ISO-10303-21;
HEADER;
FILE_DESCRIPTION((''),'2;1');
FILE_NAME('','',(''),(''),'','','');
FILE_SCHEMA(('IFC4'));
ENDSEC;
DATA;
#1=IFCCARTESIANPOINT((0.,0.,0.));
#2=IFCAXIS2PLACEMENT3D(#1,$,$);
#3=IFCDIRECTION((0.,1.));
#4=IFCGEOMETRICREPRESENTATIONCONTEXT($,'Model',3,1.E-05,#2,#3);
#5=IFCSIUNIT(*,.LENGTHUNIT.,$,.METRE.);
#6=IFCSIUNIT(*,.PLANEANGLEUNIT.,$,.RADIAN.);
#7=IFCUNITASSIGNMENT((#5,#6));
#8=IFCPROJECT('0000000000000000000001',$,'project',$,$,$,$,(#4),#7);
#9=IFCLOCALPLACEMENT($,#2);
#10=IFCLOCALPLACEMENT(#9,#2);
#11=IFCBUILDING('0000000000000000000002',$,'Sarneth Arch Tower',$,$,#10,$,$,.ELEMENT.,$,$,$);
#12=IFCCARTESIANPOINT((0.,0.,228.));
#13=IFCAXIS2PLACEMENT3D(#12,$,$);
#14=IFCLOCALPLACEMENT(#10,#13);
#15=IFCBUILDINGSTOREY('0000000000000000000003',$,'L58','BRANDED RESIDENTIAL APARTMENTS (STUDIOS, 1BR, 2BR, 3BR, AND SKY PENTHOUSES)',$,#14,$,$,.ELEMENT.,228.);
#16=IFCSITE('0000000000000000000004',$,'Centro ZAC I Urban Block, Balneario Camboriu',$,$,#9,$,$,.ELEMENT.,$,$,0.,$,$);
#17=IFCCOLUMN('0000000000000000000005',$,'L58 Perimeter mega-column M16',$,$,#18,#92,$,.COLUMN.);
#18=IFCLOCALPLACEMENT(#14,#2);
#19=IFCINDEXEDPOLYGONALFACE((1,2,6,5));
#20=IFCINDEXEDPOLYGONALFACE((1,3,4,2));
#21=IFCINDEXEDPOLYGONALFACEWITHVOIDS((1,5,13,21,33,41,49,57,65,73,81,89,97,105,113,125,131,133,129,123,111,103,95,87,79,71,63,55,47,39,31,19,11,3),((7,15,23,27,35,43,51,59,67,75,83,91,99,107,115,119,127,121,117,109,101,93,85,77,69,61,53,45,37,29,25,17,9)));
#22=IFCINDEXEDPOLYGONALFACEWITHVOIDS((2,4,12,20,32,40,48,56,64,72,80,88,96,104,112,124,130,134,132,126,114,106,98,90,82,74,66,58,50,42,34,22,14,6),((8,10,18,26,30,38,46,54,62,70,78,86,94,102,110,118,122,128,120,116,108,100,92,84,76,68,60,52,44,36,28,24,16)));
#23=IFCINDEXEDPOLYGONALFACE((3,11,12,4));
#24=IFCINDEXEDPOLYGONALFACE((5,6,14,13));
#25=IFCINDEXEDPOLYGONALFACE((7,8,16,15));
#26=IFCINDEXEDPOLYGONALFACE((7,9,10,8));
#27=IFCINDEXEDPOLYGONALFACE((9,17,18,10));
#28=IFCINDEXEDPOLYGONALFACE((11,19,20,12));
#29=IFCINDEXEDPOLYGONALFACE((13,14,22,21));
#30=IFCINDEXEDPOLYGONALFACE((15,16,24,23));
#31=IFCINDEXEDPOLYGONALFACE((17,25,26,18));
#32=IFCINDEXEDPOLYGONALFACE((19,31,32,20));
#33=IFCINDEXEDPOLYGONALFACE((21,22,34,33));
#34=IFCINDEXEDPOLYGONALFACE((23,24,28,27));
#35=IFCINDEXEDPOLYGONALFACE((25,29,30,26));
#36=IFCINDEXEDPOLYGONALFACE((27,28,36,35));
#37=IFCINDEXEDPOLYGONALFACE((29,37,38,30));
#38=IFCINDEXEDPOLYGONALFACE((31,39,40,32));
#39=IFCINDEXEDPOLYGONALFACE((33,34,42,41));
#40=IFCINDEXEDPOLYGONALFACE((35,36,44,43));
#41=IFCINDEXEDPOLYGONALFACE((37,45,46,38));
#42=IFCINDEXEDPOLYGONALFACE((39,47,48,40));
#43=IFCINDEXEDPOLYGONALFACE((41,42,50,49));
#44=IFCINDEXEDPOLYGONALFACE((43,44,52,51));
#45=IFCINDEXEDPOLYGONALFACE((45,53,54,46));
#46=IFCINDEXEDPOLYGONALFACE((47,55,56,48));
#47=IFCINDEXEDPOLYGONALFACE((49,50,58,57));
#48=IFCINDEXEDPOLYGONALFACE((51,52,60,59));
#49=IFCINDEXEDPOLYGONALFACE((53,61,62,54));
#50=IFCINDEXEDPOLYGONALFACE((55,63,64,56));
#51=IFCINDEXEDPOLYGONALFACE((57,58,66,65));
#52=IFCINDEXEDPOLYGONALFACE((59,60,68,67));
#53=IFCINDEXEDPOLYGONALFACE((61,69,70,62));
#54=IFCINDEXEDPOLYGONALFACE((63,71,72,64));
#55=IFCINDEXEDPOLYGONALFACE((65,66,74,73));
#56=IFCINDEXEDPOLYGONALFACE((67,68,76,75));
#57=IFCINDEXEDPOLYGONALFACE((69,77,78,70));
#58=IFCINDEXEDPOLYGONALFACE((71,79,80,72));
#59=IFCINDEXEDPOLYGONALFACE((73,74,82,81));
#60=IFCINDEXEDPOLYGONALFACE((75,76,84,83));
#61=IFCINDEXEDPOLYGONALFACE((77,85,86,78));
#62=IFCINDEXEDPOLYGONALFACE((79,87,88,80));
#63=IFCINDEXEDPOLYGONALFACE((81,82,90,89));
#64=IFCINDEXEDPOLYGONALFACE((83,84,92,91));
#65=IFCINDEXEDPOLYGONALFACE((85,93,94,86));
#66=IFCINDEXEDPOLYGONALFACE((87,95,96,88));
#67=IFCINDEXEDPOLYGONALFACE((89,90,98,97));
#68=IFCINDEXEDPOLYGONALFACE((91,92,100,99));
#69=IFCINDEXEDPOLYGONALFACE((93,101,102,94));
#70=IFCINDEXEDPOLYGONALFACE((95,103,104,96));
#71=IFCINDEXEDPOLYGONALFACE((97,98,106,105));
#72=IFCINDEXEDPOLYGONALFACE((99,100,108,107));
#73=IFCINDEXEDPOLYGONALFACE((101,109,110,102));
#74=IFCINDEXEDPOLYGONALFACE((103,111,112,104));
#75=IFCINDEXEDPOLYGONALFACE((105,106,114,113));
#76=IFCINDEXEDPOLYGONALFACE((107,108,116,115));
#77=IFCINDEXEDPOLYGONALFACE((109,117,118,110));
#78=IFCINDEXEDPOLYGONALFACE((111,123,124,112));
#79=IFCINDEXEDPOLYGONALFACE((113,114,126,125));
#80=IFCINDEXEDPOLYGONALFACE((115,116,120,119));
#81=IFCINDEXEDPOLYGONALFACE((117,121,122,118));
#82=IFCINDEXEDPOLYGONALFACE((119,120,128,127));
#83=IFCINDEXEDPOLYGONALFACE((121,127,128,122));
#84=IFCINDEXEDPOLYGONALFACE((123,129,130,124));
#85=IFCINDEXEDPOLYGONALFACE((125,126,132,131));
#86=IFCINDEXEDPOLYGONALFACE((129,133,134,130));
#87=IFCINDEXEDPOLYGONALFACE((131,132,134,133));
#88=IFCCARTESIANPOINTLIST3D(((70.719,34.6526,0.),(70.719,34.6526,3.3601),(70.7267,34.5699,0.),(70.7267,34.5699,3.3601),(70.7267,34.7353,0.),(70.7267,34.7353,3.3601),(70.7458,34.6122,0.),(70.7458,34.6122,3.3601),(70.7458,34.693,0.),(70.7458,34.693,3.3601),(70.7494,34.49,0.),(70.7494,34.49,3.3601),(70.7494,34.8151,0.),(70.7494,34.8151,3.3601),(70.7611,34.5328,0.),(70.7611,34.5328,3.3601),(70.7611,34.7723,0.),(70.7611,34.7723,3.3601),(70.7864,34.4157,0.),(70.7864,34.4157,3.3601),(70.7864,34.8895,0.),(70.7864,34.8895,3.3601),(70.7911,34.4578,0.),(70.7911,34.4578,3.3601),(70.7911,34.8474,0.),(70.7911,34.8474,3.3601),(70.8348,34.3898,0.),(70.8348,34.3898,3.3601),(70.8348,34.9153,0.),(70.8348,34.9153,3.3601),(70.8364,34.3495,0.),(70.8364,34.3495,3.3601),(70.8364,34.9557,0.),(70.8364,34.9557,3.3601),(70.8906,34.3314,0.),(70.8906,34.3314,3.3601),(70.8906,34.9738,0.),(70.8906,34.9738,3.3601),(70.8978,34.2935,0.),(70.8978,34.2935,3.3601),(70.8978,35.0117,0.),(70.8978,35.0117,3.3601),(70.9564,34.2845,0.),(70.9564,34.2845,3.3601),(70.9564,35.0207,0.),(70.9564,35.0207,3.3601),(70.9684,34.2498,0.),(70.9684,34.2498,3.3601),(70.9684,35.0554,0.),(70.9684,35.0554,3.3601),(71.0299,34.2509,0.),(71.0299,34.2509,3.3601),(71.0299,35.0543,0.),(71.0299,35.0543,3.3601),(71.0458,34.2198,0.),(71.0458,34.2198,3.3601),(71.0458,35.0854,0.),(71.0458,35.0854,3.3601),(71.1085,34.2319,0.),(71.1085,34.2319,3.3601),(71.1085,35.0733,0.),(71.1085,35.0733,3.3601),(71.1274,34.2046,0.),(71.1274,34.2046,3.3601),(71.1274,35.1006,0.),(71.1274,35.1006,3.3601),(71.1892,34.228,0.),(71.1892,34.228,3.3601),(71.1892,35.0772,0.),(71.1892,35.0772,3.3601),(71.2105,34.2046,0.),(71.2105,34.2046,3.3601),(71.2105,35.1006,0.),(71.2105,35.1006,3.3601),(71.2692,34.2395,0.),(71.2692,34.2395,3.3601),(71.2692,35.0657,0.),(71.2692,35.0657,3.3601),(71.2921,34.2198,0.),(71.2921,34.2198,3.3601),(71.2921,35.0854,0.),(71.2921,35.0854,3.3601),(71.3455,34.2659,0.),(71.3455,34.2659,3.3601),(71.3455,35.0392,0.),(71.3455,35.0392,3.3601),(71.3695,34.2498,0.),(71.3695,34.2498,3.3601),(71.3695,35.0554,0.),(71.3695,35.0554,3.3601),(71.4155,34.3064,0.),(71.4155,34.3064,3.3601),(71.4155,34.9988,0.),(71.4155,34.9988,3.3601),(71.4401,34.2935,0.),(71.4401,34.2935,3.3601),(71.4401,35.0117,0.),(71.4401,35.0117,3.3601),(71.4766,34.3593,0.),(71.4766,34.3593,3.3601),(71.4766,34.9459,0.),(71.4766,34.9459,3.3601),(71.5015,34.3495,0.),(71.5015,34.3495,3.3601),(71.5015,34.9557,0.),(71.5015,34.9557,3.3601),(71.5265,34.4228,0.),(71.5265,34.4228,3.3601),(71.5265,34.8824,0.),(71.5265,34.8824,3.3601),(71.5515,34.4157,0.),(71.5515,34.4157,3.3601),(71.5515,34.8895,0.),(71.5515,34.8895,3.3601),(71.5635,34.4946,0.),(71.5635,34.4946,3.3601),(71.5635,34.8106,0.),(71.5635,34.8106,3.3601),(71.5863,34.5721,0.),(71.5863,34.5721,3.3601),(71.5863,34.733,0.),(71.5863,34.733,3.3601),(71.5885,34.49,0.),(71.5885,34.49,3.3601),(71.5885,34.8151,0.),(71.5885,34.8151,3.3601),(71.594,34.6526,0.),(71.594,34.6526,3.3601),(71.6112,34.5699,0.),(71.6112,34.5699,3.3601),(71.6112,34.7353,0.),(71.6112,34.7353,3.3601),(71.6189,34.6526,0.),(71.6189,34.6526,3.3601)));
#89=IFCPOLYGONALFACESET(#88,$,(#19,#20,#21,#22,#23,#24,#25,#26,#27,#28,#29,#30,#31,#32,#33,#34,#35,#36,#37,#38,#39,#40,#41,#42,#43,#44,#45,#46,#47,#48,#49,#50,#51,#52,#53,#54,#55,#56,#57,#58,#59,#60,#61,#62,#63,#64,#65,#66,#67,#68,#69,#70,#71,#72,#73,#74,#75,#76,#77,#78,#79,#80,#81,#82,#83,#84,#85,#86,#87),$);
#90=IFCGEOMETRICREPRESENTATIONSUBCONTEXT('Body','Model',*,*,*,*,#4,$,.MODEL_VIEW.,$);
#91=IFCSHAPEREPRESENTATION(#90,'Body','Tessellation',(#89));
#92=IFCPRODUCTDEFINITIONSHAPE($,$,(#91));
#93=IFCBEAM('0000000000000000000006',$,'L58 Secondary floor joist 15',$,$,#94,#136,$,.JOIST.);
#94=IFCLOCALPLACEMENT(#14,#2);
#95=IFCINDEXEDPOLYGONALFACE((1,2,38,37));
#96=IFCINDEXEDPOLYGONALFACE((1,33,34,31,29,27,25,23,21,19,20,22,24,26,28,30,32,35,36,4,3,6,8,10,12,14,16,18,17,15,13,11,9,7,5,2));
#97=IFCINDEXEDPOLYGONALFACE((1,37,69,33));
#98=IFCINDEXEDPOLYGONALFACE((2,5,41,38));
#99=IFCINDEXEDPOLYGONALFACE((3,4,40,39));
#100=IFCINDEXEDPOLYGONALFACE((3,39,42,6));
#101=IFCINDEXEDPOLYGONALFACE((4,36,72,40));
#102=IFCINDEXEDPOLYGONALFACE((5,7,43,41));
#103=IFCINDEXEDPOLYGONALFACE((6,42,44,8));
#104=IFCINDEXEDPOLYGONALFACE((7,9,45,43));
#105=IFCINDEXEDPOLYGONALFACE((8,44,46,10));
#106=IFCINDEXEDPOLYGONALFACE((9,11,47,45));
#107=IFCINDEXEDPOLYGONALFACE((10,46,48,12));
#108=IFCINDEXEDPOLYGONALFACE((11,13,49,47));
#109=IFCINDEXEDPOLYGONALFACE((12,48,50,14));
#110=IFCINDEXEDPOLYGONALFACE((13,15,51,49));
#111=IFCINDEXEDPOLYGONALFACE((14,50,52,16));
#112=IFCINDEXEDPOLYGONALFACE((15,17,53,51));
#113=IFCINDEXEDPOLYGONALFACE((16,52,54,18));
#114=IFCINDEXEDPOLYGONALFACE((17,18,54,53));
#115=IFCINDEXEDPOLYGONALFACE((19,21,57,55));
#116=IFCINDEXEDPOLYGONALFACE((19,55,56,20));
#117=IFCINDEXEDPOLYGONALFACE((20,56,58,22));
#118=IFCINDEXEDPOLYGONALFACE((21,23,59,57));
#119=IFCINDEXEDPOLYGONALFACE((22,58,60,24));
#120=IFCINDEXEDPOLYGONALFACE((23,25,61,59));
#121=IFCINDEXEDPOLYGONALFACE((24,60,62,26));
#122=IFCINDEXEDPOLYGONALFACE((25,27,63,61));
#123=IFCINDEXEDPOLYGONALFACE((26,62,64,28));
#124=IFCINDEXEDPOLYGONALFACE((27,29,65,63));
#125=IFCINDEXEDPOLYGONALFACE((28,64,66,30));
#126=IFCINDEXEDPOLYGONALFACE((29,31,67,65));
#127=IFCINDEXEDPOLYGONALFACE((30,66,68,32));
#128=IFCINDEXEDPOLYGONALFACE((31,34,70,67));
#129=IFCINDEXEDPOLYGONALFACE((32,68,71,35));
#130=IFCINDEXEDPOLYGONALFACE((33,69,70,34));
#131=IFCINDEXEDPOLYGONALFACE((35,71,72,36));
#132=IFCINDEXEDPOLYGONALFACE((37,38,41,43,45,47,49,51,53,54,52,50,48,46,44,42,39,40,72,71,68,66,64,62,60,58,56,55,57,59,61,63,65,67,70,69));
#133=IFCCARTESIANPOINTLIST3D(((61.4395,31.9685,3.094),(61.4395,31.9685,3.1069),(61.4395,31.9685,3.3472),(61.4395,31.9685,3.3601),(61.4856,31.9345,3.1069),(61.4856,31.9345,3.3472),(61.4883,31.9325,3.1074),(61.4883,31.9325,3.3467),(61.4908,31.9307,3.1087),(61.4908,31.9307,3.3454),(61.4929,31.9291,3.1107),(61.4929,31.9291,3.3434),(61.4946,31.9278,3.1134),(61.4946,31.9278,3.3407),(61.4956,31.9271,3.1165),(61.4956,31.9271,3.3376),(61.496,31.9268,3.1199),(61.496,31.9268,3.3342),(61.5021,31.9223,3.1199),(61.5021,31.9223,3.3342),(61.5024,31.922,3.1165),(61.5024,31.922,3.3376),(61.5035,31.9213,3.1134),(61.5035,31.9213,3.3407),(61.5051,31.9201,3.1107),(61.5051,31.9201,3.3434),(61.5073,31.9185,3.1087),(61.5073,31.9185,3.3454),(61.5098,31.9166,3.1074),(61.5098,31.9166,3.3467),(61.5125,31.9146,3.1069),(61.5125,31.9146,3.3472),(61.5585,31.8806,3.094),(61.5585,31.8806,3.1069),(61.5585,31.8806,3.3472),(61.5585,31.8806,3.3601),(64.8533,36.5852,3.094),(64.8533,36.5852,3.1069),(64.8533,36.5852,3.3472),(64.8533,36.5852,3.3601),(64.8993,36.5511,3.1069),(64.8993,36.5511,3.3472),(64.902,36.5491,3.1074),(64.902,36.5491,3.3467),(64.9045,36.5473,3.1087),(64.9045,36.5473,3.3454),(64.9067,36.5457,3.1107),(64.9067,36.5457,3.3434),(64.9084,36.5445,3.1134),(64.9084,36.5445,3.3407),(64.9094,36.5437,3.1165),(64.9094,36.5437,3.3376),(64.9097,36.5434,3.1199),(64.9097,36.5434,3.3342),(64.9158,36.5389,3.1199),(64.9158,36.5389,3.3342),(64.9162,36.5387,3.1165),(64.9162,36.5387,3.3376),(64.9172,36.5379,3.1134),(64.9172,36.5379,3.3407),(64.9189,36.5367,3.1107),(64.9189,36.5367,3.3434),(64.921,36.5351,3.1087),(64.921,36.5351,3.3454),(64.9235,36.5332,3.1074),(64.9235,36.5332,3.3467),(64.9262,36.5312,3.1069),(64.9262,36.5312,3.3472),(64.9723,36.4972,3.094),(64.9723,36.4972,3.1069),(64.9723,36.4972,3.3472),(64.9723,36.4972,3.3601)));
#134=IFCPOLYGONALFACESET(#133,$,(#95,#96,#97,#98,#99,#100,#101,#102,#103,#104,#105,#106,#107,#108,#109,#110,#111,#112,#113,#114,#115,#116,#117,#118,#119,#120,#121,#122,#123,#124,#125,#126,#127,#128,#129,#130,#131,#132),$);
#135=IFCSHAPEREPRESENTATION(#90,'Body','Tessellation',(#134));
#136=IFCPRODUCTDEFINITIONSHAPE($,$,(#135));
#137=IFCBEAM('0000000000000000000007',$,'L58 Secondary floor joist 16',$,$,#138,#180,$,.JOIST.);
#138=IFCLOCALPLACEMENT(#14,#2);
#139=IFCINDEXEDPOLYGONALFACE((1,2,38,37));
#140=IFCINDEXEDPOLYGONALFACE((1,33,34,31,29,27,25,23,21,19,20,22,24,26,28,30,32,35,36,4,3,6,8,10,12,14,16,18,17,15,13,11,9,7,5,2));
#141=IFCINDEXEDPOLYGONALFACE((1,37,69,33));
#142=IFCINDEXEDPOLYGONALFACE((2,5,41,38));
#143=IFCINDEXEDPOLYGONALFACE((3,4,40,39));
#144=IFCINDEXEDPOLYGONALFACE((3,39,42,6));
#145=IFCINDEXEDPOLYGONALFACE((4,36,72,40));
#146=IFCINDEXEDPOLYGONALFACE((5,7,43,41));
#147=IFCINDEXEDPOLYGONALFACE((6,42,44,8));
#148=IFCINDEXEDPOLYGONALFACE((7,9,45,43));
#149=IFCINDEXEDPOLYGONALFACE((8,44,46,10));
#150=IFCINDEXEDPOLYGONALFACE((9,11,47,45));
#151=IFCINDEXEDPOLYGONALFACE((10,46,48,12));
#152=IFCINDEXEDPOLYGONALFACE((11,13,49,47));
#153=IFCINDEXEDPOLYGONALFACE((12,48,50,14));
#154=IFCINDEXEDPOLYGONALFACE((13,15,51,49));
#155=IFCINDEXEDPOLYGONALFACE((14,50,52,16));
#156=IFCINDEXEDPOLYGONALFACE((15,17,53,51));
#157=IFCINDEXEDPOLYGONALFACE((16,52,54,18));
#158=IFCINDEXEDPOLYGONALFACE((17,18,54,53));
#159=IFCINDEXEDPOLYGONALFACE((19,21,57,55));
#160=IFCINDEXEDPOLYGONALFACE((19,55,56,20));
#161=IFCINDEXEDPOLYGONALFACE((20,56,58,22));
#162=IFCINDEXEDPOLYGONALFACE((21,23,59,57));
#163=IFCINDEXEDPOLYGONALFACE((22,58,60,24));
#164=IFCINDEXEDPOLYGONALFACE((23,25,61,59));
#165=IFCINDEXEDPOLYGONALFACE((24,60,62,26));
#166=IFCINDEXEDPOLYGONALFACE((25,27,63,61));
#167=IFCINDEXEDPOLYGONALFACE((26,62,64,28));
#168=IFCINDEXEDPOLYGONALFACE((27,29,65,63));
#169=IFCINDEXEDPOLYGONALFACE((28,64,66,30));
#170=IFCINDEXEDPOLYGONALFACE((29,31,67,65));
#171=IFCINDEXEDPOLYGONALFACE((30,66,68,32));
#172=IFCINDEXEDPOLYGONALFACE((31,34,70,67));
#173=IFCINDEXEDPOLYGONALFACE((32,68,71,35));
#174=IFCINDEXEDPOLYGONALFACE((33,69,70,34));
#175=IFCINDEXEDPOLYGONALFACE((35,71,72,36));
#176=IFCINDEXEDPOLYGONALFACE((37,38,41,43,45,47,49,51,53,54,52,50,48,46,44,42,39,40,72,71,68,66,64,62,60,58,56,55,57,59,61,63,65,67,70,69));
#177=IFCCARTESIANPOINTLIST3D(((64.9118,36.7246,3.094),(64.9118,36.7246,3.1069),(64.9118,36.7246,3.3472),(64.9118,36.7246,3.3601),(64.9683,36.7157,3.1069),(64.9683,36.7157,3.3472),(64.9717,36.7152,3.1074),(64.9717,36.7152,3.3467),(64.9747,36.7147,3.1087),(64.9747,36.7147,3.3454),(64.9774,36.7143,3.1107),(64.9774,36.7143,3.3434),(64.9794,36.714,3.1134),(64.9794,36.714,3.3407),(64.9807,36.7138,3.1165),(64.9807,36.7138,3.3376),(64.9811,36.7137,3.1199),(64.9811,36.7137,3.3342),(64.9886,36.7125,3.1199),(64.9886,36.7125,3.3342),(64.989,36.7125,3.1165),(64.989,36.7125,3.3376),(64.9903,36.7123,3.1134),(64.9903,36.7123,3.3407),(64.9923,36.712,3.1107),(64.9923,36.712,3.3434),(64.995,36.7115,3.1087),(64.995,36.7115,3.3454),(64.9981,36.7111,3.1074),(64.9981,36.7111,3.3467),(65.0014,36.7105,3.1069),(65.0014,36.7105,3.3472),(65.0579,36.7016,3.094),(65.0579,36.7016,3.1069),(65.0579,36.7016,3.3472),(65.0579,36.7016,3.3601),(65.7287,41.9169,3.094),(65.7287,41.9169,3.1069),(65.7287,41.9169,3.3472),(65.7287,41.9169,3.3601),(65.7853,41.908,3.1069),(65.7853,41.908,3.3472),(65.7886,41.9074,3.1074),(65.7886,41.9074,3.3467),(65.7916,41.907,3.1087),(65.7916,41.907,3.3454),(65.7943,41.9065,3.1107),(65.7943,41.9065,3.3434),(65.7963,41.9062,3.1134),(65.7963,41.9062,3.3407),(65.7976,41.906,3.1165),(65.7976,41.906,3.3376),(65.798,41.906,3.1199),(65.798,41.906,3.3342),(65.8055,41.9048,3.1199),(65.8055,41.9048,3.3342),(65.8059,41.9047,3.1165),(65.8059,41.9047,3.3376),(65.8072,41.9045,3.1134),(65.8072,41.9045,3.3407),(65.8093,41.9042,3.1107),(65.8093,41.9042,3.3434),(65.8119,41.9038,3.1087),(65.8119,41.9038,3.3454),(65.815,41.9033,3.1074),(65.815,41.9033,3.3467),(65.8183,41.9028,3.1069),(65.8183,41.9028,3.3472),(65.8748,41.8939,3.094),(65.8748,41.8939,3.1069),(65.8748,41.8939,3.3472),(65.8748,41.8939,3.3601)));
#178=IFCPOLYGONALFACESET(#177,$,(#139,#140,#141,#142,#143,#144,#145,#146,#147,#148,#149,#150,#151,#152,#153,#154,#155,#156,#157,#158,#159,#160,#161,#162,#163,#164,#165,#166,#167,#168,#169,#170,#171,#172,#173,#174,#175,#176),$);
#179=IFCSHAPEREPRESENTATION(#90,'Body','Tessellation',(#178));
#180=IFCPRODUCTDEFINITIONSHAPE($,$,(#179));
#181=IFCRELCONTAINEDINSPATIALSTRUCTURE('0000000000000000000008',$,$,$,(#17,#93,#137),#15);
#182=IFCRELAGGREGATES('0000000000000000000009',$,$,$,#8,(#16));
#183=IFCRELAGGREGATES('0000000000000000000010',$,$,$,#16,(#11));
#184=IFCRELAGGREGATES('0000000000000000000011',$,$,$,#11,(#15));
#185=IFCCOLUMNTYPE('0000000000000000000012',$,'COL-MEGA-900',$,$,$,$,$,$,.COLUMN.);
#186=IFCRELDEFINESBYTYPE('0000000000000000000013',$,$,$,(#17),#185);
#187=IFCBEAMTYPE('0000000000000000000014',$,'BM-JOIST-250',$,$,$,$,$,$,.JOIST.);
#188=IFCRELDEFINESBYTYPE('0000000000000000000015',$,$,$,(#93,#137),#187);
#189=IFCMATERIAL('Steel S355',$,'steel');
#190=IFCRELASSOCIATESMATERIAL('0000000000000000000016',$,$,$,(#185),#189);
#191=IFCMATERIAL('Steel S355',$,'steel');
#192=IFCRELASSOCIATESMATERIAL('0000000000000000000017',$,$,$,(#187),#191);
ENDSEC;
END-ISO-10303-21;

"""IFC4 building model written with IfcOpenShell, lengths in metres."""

from ifc_helpers import new_model, si_unit, direction, frame, origin, origin_2d, place, context, subcontext, project, spatial, hollow_circle, i_section, extrude, material, material_profile, profile_set, type_object, element, save


model = new_model("IFC4")

# Units and contexts
model_context = context("Model", 3, precision=1e-05, world=origin(), true_north=direction((0.0, 1.0)))
body_context = subcontext(model_context, "Body", "Model", "MODEL_VIEW")
ifc_project = project(units=[si_unit("LENGTHUNIT", "METRE"), si_unit("PLANEANGLEUNIT", "RADIAN")], contexts=[model_context])

# Site, building, storey
site_placement = place(None, origin())
site = spatial("IfcSite", under=ifc_project, at=site_placement, Name="Centro ZAC I Urban Block, Balneario Camboriu", CompositionType="ELEMENT", RefElevation=0.0)
building_placement = place(site_placement, origin())
building = spatial("IfcBuilding", under=site, at=building_placement, Name="Sarneth Arch Tower", CompositionType="ELEMENT")
storey_placement = place(building_placement, frame((0.0, 0.0, 228.0)))
storey = spatial("IfcBuildingStorey", under=building, at=storey_placement, Name="L58", Description="BRANDED RESIDENTIAL APARTMENTS (STUDIOS, 1BR, 2BR, 3BR, AND SKY PENTHOUSES)", CompositionType="ELEMENT", Elevation=228.0)

# Column
ifc_material_1 = material(Name="Steel S355", Category="steel")
ifc_material_profile_1 = material_profile(ifc_material_1, hollow_circle(Radius=0.45, WallThickness=0.0249, at=origin_2d()), Name="CHS900x25")
ifc_profile_set_1 = profile_set([ifc_material_profile_1], Name="Steel S355")
column_type = type_object("IfcColumnType", Name="COL-MEGA-900", PredefinedType="COLUMN", material=ifc_profile_set_1)
column_placement = place(storey_placement, frame((71.1689, 34.6526, 0.0), z_axis=(0.0, 0.0, 1.0), x_axis=(1.0, 0.0, 0.0)))
element("IfcColumn", 1, at=column_placement, inside=storey, type_object=column_type, Name="L58 Perimeter mega-column M16", PredefinedType="COLUMN", context=body_context, shape_type="SweptSolid", body=[
    extrude(hollow_circle(Radius=0.45, WallThickness=0.0249, at=origin_2d()), origin(), (0.0, 0.0, 1.0), 3.3601),
])

# Beams
ifc_material_2 = material(Name="Steel S355", Category="steel")
ifc_material_profile_2 = material_profile(ifc_material_2, i_section(OverallWidth=0.1479, OverallDepth=0.2661, WebThickness=0.0076, FlangeThickness=0.0129, FilletRadius=0.0129, at=origin_2d()), Name="W250x44.8")
ifc_profile_set_2 = profile_set([ifc_material_profile_2], Name="Steel S355")
beam_type_1 = type_object("IfcBeamType", Name="BM-JOIST-250", PredefinedType="JOIST", material=ifc_profile_set_2)
beam_1_placement = place(storey_placement, frame((61.499, 31.9246, 3.2271), z_axis=(0.594557, 0.804053, 0.0), x_axis=(-0.804053, 0.594557, 0.0)))
element("IfcBeam", 2, at=beam_1_placement, inside=storey, type_object=beam_type_1, Name="L58 Secondary floor joist 15", PredefinedType="JOIST", context=body_context, shape_type="SweptSolid", body=[
    extrude(i_section(OverallWidth=0.1479, OverallDepth=0.2661, WebThickness=0.0076, FlangeThickness=0.0129, FilletRadius=0.0129, at=origin_2d()), origin(), (0.0, 0.0, 1.0), 5.7417),
])
beam_2_placement = place(storey_placement, frame((64.9849, 36.7131, 3.2271), z_axis=(0.155421, 0.987848, 0.0), x_axis=(-0.987848, 0.155421, 0.0)))
element("IfcBeam", 3, at=beam_2_placement, inside=storey, type_object=beam_type_1, Name="L58 Secondary floor joist 16", PredefinedType="JOIST", context=body_context, shape_type="SweptSolid", body=[
    extrude(i_section(OverallWidth=0.1479, OverallDepth=0.2661, WebThickness=0.0076, FlangeThickness=0.0129, FilletRadius=0.0129, at=origin_2d()), origin(), (0.0, 0.0, 1.0), 5.2561),
])

save(model, "model.ifc")
